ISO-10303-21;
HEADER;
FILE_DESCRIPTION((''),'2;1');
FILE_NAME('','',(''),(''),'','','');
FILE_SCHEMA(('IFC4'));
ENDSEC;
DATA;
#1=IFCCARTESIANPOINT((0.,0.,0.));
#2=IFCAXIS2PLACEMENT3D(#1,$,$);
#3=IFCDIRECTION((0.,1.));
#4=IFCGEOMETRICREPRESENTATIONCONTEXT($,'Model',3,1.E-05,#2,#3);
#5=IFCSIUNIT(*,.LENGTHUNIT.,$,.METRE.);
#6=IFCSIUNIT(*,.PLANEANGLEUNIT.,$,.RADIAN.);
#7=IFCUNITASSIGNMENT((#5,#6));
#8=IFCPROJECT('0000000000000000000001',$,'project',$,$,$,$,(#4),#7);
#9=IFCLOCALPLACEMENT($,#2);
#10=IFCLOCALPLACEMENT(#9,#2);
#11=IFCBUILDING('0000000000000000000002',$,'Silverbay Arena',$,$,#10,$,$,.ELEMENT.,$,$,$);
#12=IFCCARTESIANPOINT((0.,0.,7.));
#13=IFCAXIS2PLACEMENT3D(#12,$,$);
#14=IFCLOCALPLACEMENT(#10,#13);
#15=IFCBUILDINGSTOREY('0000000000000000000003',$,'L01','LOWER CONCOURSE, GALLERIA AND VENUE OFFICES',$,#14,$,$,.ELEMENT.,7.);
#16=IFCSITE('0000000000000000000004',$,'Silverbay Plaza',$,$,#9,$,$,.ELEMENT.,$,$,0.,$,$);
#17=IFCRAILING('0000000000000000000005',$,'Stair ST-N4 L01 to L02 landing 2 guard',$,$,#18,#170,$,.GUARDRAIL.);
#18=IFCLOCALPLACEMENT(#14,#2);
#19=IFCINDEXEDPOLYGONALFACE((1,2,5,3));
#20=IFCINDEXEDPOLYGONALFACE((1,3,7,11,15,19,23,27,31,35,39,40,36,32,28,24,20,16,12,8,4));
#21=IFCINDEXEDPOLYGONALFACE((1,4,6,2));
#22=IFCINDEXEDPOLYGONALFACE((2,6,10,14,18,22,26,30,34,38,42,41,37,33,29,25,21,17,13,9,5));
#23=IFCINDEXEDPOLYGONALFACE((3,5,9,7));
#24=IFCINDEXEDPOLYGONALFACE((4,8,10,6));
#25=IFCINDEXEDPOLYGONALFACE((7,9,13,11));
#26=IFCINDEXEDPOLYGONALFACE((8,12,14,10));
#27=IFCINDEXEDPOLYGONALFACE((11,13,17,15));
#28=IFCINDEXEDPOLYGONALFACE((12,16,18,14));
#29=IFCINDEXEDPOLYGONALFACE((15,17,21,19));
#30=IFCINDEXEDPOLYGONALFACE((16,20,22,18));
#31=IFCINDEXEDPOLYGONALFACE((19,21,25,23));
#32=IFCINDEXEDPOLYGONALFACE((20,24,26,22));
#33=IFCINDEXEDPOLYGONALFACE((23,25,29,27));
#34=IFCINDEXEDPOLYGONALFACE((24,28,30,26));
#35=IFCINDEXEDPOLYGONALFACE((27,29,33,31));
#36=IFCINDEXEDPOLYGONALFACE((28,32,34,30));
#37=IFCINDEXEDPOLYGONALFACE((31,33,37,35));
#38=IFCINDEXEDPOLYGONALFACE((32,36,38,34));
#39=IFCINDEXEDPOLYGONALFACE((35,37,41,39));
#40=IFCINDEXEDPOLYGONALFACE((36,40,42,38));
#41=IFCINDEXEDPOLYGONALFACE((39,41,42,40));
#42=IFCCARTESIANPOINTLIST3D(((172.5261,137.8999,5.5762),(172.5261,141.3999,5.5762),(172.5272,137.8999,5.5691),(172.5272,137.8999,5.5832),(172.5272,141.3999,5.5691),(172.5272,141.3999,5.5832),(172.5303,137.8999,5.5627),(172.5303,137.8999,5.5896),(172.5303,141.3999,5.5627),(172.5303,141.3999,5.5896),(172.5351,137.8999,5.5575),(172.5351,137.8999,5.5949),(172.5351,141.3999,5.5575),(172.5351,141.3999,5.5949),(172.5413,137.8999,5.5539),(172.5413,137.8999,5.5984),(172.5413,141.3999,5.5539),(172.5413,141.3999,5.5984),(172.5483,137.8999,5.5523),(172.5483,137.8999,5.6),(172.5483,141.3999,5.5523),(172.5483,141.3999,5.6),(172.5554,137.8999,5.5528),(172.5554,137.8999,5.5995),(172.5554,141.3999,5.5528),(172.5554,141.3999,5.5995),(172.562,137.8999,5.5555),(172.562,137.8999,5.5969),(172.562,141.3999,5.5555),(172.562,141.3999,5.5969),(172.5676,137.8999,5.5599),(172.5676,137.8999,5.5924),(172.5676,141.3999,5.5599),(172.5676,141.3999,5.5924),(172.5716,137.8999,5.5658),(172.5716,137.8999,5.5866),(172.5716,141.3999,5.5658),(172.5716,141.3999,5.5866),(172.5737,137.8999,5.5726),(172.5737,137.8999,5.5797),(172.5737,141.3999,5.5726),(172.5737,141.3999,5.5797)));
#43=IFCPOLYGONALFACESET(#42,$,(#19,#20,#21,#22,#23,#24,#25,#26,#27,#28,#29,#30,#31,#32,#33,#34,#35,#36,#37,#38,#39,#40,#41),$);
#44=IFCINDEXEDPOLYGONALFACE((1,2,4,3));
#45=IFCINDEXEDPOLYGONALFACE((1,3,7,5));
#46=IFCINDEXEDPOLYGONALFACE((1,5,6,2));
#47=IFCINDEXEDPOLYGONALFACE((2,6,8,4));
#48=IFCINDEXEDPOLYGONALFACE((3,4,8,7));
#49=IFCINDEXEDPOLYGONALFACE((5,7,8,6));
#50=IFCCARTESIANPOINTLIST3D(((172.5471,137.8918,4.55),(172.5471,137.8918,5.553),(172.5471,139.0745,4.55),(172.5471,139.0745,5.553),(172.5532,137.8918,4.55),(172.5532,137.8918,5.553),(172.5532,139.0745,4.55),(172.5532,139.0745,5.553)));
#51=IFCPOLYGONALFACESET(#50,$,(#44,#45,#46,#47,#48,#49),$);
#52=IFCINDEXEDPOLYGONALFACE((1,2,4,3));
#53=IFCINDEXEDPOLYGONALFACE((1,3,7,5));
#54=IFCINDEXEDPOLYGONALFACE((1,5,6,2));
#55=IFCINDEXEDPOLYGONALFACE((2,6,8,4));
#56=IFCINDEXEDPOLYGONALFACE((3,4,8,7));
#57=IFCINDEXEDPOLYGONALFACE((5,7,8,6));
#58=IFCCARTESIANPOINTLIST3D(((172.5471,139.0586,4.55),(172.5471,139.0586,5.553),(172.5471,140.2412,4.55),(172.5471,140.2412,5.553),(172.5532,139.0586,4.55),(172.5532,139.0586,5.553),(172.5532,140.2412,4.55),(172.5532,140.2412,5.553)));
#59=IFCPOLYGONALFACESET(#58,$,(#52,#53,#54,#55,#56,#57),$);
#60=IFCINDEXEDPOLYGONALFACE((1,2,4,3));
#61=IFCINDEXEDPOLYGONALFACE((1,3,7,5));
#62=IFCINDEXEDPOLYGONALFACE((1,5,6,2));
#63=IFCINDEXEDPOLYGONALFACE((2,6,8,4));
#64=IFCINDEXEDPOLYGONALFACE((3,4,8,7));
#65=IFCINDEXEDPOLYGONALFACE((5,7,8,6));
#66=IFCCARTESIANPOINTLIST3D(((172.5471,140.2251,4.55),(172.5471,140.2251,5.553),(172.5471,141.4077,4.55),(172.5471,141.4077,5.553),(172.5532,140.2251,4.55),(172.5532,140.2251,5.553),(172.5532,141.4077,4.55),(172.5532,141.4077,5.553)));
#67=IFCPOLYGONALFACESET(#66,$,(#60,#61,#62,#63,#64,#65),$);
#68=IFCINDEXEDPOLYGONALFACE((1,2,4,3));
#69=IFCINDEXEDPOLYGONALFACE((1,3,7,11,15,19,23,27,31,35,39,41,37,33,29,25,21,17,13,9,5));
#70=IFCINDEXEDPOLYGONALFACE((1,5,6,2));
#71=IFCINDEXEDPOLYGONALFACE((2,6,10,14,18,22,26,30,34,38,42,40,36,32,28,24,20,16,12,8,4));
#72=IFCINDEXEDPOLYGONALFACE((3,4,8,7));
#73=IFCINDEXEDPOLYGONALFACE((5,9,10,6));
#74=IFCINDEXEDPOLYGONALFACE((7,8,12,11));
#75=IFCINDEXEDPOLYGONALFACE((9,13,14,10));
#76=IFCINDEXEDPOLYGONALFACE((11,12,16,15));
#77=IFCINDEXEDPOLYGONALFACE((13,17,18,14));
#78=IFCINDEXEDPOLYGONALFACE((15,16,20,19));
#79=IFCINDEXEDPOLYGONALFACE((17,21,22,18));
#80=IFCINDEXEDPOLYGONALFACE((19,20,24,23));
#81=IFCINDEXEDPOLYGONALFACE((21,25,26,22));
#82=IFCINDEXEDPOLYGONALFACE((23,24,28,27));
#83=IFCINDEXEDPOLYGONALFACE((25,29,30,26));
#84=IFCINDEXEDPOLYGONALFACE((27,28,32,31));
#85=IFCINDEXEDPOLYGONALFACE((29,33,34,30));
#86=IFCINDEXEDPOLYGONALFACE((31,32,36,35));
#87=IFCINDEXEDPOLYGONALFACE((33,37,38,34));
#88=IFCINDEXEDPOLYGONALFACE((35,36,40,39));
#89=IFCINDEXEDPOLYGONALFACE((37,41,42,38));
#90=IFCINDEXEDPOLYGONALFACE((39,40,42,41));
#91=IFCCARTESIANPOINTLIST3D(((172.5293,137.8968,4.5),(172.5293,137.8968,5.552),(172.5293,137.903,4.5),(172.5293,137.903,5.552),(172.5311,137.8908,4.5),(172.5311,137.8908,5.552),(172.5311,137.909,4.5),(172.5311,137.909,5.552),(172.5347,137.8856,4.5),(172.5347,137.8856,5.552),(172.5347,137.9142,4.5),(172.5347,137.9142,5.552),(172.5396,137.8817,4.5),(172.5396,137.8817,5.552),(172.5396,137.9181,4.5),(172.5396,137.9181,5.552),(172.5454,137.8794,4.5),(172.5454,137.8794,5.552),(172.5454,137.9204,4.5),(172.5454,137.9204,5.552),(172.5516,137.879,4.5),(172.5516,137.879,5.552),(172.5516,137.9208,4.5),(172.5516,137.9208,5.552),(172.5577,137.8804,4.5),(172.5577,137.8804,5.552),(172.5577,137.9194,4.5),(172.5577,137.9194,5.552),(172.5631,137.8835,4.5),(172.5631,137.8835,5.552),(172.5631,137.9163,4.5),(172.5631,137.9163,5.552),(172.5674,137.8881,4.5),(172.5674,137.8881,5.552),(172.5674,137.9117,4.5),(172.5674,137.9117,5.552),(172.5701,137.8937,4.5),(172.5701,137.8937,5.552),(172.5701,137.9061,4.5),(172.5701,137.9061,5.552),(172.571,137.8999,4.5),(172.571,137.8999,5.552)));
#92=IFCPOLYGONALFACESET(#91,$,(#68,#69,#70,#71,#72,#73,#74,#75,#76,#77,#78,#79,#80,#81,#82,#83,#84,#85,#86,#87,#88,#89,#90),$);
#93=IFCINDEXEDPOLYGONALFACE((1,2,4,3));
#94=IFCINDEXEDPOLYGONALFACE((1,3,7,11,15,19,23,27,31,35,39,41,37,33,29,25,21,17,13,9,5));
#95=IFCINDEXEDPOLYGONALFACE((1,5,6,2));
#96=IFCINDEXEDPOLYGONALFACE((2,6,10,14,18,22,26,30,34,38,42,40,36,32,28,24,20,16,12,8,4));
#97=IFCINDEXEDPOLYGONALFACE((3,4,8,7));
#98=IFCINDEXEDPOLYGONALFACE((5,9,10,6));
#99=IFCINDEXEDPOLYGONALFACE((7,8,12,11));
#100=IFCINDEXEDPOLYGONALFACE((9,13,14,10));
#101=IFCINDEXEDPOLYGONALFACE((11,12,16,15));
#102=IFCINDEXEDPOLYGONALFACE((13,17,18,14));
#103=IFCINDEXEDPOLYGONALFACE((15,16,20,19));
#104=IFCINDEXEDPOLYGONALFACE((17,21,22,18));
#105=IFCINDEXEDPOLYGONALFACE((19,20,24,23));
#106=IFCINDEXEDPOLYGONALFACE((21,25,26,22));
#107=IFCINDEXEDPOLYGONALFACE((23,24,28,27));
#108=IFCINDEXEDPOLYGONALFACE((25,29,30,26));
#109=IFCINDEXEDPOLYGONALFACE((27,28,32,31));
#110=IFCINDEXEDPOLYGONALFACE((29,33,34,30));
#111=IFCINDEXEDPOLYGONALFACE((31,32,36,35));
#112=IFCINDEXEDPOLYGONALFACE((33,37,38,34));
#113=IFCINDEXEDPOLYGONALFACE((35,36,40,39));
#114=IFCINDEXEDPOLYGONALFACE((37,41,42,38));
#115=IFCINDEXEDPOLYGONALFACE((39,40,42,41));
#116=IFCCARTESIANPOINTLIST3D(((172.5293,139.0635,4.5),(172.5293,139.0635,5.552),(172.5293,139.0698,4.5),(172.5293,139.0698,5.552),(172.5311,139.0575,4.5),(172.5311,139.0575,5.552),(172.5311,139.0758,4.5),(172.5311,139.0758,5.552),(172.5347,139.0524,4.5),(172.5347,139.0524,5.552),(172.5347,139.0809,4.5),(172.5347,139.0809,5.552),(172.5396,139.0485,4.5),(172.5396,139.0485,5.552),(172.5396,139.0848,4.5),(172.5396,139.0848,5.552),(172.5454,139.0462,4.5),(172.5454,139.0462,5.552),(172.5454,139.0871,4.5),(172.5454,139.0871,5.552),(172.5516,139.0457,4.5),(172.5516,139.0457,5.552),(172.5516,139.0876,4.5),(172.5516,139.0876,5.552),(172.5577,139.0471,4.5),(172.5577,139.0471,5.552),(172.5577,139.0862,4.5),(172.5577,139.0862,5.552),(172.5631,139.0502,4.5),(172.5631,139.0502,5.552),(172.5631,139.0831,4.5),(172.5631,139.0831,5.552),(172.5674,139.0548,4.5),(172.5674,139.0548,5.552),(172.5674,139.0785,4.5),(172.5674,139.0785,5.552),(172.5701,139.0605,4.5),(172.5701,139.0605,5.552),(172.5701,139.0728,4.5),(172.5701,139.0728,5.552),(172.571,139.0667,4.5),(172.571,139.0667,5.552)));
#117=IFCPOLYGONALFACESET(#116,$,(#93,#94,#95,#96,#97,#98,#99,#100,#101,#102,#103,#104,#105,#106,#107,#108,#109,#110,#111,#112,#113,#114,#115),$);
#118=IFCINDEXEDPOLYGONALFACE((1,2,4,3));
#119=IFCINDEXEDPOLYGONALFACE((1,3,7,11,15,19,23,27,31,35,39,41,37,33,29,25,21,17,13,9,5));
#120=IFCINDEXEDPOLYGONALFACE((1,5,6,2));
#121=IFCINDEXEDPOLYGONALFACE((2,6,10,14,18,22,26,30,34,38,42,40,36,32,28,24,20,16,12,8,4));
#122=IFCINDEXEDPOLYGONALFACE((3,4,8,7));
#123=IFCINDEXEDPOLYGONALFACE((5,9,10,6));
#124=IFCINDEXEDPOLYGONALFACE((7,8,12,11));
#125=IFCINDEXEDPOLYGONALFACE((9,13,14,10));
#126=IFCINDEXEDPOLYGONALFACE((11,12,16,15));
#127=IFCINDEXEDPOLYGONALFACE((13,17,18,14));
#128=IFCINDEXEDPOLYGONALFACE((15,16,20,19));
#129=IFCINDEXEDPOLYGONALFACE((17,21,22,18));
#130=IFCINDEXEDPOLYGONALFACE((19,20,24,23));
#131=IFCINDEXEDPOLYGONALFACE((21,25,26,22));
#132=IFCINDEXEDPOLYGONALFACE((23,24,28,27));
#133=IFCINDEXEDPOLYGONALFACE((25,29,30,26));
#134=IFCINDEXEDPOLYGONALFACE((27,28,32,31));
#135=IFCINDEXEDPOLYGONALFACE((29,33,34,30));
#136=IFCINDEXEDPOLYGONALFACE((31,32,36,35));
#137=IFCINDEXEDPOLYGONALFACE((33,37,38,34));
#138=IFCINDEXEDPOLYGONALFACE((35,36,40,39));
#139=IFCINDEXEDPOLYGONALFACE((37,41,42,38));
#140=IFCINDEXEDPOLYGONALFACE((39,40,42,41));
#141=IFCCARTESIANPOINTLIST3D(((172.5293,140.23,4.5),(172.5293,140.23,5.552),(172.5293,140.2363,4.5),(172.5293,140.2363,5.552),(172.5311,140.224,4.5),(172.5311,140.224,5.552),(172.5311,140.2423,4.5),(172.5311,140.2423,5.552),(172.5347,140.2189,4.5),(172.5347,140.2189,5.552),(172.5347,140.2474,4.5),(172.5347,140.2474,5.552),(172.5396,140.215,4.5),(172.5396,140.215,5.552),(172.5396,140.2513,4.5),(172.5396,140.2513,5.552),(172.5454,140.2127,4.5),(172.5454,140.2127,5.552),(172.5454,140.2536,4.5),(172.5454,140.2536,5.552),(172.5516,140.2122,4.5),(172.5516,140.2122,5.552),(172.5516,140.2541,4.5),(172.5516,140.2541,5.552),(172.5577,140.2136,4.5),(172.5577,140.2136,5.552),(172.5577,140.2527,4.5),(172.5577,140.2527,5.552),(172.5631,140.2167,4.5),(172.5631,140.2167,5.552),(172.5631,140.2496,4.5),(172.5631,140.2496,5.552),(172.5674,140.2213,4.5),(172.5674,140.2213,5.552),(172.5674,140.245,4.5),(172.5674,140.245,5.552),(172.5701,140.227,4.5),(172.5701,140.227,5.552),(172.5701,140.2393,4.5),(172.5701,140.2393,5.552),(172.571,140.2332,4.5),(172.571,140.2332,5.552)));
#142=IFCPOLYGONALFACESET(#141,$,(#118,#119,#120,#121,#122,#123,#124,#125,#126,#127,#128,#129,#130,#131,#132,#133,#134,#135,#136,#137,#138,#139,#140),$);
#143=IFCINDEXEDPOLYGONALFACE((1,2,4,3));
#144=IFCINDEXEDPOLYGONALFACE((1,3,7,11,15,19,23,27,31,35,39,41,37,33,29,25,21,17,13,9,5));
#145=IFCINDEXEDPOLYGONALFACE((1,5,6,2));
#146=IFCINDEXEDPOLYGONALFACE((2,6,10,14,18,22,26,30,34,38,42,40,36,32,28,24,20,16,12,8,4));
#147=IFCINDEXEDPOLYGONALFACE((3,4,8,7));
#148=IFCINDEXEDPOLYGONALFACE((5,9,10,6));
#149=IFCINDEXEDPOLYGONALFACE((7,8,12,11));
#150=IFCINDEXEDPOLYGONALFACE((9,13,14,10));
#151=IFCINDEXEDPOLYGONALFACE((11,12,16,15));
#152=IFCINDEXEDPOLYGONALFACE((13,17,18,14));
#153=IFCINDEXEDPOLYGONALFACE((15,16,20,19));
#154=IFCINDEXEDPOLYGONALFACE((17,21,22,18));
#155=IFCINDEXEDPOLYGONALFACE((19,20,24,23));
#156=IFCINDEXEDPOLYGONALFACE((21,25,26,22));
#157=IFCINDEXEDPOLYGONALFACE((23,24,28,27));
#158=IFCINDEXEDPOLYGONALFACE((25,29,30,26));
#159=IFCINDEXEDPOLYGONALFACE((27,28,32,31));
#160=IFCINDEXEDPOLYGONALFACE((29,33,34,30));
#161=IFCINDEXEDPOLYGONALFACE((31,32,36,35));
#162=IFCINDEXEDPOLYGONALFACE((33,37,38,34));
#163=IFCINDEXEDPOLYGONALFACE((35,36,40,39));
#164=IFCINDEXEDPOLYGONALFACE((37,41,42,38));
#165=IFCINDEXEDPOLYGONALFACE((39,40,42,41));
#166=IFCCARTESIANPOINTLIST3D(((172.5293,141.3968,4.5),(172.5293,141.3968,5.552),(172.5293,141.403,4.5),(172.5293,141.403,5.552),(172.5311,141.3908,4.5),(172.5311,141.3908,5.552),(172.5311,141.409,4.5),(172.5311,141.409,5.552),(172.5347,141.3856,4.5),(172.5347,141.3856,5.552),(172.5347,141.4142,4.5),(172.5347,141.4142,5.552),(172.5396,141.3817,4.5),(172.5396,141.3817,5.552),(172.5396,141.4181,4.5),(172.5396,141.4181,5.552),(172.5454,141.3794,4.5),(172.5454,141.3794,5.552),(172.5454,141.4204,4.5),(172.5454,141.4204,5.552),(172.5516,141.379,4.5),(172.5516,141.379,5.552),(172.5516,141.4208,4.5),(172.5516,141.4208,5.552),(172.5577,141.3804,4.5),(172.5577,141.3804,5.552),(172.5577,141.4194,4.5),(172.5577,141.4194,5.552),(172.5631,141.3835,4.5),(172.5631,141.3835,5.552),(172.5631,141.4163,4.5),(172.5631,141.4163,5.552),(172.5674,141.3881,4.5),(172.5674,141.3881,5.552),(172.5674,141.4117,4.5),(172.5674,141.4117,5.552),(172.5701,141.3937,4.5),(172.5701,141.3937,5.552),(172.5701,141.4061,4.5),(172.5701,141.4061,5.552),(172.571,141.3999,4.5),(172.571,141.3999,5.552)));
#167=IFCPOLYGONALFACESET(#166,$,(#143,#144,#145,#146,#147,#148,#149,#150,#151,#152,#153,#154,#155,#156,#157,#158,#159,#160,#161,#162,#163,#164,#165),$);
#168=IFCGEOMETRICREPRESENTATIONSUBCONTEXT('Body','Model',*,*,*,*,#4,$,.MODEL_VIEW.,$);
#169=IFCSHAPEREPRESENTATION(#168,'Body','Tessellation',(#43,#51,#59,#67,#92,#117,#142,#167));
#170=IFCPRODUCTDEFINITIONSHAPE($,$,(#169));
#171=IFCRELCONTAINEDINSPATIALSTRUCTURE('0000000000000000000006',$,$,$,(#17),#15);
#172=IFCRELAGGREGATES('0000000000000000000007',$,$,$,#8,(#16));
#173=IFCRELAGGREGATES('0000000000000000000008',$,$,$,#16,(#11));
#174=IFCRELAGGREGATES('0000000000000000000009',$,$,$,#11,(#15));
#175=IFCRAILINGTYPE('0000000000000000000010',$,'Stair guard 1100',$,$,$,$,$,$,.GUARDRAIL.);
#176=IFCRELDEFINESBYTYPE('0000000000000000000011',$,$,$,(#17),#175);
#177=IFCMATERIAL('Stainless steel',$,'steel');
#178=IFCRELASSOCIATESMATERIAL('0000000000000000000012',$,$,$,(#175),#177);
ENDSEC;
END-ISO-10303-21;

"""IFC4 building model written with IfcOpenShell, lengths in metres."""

from ifc_helpers import new_model, si_unit, direction, frame, origin, origin_2d, place, context, subcontext, project, spatial, polyline, circle, outline, extrude, material, type_object, element, save


model = new_model("IFC4")

# Units and contexts
model_context = context("Model", 3, precision=1e-05, world=origin(), true_north=direction((0.0, 1.0)))
body_context = subcontext(model_context, "Body", "Model", "MODEL_VIEW")
ifc_project = project(units=[si_unit("LENGTHUNIT", "METRE"), si_unit("PLANEANGLEUNIT", "RADIAN")], contexts=[model_context])

# Site, building, storey
site_placement = place(None, origin())
site = spatial("IfcSite", under=ifc_project, at=site_placement, Name="Silverbay Plaza", CompositionType="ELEMENT", RefElevation=0.0)
building_placement = place(site_placement, origin())
building = spatial("IfcBuilding", under=site, at=building_placement, Name="Silverbay Arena", CompositionType="ELEMENT")
storey_placement = place(building_placement, frame((0.0, 0.0, 7.0)))
storey = spatial("IfcBuildingStorey", under=building, at=storey_placement, Name="L01", Description="LOWER CONCOURSE, GALLERIA AND VENUE OFFICES", CompositionType="ELEMENT", Elevation=7.0)

# Railing
ifc_material_1 = material(Name="Stainless steel", Category="steel")
railing_type_1 = type_object("IfcRailingType", Name="Stair guard 1100", PredefinedType="GUARDRAIL", material=ifc_material_1)
for number, where, name in (
    (1, (172.55, 137.8999, 4.5), "Stair ST-N4 L01 to L02 landing 2 guard"),
):
    element("IfcRailing", number, at=place(storey_placement, frame(where)), inside=storey, type_object=railing_type_1, Name=name, PredefinedType="GUARDRAIL", context=body_context, shape_type="SweptSolid", body=[
        extrude(circle(Radius=0.0239, at=origin_2d()), frame((0.0, 0.0, 1.0762), z_axis=(0.0, 1.0, 0.0), x_axis=(-1.0, 0.0, 0.0)), (0.0, 0.0, 1.0), 3.5),
        extrude(outline(polyline([(-0.0081, 0.05), (1.1746, 0.05), (1.1746, 1.053), (-0.0081, 1.053), (-0.0081, 0.05)])), frame((-0.0029, 0.0, 0.0), z_axis=(1.0, 0.0, 0.0), x_axis=(0.0, 1.0, 0.0)), (0.0, 0.0, 1.0), 0.0061),
        extrude(outline(polyline([(-0.0081, 0.05), (1.1746, 0.05), (1.1746, 1.053), (-0.0081, 1.053), (-0.0081, 0.05)])), frame((-0.0029, 1.1667, 0.0), z_axis=(1.0, 0.0, 0.0), x_axis=(0.0, 1.0, 0.0)), (0.0, 0.0, 1.0), 0.0061),
        extrude(outline(polyline([(-0.0081, 0.05), (1.1746, 0.05), (1.1746, 1.053), (-0.0081, 1.053), (-0.0081, 0.05)])), frame((-0.0029, 2.3333, 0.0), z_axis=(1.0, 0.0, 0.0), x_axis=(0.0, 1.0, 0.0)), (0.0, 0.0, 1.0), 0.0061),
        extrude(circle(Radius=0.021, at=origin_2d()), origin(), (0.0, 0.0, 1.0), 1.052),
        extrude(circle(Radius=0.021, at=origin_2d()), frame((0.0, 1.1667, 0.0)), (0.0, 0.0, 1.0), 1.052),
        extrude(circle(Radius=0.021, at=origin_2d()), frame((0.0, 2.3333, 0.0)), (0.0, 0.0, 1.0), 1.052),
        extrude(circle(Radius=0.021, at=origin_2d()), frame((0.0, 3.5, 0.0)), (0.0, 0.0, 1.0), 1.052),
    ])

save(model, "model.ifc")
